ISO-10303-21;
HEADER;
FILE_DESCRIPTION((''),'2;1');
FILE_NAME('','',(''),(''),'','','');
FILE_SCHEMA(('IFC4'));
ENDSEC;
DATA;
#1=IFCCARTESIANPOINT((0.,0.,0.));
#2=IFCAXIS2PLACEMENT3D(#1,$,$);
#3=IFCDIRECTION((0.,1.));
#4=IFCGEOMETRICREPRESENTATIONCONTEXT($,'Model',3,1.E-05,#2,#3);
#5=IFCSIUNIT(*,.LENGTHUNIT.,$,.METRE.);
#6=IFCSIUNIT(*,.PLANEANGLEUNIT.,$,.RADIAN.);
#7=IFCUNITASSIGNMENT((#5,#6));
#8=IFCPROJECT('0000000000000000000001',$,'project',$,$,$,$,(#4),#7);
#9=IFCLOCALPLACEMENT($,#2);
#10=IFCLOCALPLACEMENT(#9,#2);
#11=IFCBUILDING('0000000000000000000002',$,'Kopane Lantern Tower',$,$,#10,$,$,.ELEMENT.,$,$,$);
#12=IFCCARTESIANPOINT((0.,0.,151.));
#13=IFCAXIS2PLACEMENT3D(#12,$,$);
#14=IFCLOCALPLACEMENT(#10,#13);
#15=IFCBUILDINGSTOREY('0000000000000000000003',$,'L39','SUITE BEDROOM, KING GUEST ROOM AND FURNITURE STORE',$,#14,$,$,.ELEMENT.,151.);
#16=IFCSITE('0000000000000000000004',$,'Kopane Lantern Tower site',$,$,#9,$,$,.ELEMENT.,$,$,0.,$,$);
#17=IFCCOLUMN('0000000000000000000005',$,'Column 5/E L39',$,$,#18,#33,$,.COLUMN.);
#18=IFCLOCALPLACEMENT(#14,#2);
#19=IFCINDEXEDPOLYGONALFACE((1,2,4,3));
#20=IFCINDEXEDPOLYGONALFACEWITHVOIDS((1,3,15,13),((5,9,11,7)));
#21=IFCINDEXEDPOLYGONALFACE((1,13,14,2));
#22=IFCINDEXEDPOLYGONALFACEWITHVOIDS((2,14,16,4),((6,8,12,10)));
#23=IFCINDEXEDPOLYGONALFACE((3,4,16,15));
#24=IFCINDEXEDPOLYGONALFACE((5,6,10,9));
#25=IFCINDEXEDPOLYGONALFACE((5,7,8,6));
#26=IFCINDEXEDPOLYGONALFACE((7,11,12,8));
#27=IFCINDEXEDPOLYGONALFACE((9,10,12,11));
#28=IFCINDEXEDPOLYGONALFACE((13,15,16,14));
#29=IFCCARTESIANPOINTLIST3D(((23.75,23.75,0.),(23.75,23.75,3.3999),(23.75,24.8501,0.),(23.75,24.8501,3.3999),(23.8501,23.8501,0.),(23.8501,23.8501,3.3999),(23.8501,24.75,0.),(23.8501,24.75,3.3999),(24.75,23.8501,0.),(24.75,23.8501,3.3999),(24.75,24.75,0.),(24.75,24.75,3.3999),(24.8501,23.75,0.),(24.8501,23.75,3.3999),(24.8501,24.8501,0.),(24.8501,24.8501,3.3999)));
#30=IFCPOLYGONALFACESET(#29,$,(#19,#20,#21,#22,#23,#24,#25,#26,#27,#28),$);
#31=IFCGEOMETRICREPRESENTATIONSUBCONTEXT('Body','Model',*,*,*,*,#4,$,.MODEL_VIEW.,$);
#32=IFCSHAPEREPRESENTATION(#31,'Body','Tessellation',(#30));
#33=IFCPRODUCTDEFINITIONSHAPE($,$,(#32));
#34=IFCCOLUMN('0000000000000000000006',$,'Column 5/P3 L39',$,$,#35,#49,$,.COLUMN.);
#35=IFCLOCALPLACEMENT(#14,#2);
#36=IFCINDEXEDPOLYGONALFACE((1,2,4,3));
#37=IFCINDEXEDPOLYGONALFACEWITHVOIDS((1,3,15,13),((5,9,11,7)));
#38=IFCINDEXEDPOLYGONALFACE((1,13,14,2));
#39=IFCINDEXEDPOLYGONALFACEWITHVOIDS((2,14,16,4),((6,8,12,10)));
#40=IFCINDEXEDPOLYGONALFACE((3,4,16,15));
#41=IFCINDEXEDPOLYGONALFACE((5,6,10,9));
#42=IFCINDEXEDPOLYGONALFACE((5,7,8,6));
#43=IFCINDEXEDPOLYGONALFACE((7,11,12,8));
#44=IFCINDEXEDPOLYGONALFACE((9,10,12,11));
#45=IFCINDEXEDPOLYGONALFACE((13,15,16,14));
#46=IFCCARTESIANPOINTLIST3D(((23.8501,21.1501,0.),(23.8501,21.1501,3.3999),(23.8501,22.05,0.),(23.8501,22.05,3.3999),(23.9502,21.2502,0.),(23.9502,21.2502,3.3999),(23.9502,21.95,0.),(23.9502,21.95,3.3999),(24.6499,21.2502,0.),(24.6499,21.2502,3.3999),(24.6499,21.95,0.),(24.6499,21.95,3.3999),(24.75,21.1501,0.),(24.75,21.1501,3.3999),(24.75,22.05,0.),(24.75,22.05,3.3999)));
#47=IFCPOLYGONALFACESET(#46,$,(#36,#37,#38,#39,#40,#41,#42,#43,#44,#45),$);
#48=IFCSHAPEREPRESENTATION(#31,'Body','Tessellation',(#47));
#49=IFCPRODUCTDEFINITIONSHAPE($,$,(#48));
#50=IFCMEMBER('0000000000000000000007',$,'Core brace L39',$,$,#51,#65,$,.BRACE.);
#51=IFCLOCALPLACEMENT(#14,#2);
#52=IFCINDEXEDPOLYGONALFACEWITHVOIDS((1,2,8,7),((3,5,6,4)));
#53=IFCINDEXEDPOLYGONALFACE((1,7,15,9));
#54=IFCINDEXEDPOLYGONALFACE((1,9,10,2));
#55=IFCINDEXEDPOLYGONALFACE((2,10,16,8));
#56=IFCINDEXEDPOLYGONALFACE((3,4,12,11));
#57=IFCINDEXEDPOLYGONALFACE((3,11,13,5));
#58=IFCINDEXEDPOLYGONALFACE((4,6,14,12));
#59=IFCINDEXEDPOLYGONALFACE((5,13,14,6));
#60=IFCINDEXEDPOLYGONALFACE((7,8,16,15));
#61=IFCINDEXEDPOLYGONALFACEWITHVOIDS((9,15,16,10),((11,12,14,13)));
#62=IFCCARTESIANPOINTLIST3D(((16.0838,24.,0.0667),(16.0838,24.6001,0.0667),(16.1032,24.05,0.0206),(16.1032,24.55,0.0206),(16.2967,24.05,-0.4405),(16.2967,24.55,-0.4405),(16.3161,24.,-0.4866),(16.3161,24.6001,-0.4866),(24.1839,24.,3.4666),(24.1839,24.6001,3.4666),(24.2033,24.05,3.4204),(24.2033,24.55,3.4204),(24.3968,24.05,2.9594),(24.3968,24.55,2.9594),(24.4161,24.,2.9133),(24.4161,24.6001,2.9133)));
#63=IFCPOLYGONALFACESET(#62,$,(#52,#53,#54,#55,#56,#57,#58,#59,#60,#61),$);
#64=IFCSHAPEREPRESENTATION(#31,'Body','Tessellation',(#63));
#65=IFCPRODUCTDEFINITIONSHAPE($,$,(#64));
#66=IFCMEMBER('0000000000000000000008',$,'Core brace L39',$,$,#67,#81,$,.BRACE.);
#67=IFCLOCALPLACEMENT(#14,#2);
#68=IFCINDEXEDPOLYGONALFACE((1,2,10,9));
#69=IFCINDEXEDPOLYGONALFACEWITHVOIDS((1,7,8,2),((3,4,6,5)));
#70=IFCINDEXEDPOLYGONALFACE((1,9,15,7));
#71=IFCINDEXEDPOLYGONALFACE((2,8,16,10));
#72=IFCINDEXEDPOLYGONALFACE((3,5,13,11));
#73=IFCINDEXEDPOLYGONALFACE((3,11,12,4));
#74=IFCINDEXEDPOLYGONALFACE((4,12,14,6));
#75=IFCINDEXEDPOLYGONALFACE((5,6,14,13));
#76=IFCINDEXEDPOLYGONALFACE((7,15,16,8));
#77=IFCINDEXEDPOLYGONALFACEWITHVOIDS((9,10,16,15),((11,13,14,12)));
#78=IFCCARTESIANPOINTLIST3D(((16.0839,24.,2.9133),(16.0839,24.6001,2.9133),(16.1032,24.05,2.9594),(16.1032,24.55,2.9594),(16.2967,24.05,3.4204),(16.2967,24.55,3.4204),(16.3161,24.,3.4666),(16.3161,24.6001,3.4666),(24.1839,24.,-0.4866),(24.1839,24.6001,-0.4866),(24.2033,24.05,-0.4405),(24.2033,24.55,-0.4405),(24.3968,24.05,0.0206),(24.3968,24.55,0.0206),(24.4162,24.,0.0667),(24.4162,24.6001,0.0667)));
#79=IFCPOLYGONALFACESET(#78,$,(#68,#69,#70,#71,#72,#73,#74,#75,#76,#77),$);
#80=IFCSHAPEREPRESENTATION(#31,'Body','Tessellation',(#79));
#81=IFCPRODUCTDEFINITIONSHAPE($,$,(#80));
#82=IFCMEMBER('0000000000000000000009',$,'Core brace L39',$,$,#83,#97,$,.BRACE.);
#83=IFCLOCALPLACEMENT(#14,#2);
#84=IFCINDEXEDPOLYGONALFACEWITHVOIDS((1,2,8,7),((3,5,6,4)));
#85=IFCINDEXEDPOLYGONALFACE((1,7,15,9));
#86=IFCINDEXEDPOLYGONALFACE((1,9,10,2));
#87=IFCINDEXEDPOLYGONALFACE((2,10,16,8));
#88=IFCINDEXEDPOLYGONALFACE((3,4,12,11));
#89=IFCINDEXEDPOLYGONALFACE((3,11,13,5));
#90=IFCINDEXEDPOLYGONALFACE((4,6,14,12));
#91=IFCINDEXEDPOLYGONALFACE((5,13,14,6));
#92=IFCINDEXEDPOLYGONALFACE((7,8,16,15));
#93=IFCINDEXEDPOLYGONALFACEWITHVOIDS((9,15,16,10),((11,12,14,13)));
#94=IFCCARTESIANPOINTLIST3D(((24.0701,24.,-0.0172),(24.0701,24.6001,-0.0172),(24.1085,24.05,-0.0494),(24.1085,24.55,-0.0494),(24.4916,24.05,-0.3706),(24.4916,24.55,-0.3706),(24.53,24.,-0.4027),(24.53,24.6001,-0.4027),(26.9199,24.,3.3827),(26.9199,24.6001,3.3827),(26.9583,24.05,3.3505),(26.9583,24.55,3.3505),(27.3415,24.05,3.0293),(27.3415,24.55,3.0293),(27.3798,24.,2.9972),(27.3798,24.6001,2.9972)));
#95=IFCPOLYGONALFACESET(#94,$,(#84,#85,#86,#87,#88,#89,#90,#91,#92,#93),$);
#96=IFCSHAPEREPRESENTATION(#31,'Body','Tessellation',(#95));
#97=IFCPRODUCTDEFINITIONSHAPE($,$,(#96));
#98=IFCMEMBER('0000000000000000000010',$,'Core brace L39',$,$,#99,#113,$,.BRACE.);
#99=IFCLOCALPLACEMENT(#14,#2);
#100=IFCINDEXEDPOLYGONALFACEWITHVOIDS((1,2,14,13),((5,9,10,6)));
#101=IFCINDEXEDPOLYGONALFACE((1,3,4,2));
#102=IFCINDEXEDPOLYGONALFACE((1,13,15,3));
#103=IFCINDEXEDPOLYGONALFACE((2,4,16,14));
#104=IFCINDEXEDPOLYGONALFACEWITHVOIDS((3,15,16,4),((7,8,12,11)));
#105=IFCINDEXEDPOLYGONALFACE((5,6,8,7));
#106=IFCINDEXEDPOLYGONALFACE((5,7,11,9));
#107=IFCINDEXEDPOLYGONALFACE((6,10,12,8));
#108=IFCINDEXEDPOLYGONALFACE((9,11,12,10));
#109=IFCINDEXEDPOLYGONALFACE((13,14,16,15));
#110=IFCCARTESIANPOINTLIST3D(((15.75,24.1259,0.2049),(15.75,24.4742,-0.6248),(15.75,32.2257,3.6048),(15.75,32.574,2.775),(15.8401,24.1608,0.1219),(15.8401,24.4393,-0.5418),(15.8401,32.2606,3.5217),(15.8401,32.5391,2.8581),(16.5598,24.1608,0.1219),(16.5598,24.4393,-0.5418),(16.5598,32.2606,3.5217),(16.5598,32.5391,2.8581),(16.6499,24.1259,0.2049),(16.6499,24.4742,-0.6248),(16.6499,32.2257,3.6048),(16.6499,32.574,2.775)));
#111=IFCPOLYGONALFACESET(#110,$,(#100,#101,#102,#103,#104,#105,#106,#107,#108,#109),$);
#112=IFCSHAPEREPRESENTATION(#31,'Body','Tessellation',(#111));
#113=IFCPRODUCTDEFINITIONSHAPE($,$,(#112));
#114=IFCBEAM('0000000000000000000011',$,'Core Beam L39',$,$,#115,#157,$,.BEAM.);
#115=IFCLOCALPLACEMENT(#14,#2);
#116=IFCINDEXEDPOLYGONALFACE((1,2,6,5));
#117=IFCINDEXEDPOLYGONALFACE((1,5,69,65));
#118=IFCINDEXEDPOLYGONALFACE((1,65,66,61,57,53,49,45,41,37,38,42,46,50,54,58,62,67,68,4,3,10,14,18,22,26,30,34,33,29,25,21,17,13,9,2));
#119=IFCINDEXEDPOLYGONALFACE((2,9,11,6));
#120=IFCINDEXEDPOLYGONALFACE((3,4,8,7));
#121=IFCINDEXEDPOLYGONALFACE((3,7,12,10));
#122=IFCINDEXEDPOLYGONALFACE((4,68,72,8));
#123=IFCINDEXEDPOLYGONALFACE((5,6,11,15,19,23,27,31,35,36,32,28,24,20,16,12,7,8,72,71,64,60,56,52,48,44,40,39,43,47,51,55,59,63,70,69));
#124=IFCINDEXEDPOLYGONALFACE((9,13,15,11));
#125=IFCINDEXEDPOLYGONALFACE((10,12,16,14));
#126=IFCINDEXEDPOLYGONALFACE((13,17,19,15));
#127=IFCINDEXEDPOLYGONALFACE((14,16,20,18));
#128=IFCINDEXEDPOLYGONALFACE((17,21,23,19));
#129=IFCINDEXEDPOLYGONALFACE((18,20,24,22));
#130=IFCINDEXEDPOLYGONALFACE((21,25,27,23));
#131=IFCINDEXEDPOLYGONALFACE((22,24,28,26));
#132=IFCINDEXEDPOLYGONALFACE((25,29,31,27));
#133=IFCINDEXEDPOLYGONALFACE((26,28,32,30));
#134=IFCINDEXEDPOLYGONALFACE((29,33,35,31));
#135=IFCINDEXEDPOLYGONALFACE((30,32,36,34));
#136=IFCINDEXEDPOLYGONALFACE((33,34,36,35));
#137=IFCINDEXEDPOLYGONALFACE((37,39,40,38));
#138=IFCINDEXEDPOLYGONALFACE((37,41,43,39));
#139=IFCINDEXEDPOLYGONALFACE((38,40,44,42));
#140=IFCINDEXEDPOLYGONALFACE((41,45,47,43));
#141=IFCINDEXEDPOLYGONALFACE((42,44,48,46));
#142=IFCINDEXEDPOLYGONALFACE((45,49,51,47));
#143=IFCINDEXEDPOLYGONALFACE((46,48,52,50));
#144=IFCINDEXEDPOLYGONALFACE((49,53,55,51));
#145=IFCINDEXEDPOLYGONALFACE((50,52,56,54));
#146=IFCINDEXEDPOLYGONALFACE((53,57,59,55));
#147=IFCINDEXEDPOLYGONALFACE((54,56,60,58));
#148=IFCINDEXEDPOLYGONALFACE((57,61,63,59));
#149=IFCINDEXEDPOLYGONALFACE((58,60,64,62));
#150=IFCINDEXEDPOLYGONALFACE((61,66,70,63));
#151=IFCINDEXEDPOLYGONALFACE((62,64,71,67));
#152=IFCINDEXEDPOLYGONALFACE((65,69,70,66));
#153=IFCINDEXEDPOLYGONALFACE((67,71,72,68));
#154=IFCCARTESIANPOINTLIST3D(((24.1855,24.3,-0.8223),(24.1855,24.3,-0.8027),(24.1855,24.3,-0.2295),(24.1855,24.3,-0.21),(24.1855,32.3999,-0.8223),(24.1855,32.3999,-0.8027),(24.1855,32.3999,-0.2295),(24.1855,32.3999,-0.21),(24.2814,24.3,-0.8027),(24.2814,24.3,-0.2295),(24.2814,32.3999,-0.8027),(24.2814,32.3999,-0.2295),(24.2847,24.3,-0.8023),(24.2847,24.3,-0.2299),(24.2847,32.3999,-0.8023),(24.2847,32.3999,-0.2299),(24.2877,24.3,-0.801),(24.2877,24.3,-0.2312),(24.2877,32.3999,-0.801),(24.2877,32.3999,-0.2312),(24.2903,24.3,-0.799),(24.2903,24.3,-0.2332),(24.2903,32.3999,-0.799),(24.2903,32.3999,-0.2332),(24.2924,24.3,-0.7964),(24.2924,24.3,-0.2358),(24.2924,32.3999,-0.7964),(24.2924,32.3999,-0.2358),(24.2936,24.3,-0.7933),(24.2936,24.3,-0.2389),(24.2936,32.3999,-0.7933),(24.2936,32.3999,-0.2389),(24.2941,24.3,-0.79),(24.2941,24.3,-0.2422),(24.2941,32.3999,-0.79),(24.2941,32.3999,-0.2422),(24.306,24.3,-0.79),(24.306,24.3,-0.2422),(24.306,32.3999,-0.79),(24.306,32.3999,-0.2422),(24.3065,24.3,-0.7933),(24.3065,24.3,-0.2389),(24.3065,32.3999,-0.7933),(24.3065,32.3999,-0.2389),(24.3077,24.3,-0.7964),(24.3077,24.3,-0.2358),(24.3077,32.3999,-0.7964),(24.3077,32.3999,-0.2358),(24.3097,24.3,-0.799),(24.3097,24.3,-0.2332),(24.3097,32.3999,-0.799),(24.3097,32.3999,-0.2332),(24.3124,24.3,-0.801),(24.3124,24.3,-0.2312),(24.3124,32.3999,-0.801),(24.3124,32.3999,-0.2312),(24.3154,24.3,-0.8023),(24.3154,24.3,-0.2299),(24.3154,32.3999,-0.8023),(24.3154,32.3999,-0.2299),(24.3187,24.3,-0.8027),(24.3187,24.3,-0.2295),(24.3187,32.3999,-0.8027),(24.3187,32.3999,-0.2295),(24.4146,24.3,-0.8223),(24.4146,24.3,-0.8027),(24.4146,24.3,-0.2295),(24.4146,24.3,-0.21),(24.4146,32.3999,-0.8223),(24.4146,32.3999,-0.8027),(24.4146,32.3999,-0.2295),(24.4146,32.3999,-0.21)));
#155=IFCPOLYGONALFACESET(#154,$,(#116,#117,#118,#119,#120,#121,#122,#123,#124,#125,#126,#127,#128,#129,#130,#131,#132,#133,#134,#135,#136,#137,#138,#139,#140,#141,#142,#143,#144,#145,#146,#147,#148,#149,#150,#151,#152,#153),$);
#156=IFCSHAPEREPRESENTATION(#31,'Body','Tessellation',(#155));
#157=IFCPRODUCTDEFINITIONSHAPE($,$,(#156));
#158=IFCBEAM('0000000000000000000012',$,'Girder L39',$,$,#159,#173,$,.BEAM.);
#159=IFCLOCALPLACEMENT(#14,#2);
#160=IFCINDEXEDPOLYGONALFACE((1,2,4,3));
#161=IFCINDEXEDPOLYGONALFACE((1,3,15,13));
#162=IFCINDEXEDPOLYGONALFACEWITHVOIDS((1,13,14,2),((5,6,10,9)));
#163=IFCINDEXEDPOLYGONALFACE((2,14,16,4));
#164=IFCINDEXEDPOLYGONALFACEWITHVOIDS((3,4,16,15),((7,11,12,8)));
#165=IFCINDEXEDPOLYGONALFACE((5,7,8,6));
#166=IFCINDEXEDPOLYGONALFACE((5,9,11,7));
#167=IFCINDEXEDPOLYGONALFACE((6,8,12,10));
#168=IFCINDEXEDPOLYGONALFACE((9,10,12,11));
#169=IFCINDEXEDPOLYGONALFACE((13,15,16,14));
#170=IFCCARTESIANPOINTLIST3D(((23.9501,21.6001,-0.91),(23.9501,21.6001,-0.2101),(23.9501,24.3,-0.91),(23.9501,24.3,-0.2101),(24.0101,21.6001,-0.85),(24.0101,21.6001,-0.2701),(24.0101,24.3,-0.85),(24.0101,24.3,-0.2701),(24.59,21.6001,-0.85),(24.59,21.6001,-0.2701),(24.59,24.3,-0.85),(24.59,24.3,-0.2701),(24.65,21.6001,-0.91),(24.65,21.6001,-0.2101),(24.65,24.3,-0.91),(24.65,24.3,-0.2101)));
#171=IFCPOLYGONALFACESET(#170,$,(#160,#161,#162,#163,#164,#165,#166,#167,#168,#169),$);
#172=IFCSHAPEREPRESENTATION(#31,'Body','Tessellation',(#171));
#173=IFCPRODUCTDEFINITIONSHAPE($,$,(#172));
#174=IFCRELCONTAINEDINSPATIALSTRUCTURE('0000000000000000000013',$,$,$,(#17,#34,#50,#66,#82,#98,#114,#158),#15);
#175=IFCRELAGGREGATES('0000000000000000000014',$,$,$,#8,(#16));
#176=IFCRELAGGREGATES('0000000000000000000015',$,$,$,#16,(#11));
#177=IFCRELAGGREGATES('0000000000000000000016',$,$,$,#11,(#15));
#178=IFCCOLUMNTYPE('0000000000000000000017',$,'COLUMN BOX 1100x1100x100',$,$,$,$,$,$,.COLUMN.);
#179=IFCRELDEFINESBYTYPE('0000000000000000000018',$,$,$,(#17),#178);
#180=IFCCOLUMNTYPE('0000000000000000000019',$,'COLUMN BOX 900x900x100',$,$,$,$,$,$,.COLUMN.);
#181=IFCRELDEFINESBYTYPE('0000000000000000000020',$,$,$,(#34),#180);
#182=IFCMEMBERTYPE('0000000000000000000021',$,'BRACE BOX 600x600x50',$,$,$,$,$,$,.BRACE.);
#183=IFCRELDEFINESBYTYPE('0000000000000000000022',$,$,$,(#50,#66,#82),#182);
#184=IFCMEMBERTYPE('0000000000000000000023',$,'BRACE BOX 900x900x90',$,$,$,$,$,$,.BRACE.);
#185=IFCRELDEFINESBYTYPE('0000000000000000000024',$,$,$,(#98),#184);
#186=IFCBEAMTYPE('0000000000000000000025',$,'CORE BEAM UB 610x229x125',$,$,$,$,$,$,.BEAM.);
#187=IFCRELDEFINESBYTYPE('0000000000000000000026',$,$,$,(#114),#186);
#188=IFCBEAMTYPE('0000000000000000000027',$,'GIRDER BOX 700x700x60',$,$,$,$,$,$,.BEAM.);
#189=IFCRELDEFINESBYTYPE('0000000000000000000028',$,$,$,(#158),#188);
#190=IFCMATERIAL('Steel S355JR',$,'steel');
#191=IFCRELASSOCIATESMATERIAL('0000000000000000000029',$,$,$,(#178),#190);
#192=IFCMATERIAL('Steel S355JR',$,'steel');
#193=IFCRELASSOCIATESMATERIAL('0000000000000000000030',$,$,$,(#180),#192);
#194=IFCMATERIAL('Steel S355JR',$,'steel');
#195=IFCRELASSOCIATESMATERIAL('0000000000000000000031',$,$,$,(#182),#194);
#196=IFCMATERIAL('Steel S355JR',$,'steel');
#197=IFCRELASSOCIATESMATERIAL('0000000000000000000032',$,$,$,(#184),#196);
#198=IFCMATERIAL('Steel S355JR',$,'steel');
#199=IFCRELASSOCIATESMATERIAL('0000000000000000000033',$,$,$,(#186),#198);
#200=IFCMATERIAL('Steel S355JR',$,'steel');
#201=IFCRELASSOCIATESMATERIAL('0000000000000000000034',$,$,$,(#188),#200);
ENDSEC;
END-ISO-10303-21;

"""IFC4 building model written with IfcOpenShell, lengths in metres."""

from ifc_helpers import new_model, si_unit, direction, frame, origin, origin_2d, place, context, subcontext, project, spatial, hollow_rectangle, i_section, extrude, material, material_profile, profile_set, type_object, element, save


model = new_model("IFC4")

# Units and contexts
model_context = context("Model", 3, precision=1e-05, world=origin(), true_north=direction((0.0, 1.0)))
body_context = subcontext(model_context, "Body", "Model", "MODEL_VIEW")
ifc_project = project(units=[si_unit("LENGTHUNIT", "METRE"), si_unit("PLANEANGLEUNIT", "RADIAN")], contexts=[model_context])

# Site, building, storey
site_placement = place(None, origin())
site = spatial("IfcSite", under=ifc_project, at=site_placement, Name="Kopane Lantern Tower site", CompositionType="ELEMENT", RefElevation=0.0)
building_placement = place(site_placement, origin())
building = spatial("IfcBuilding", under=site, at=building_placement, Name="Kopane Lantern Tower", CompositionType="ELEMENT")
storey_placement = place(building_placement, frame((0.0, 0.0, 151.0)))
storey = spatial("IfcBuildingStorey", under=building, at=storey_placement, Name="L39", Description="SUITE BEDROOM, KING GUEST ROOM AND FURNITURE STORE", CompositionType="ELEMENT", Elevation=151.0)

# Columns
ifc_material_1 = material(Name="Steel S355JR", Category="steel")
ifc_material_profile_1 = material_profile(ifc_material_1, hollow_rectangle(XDim=1.1001, YDim=1.1001, WallThickness=0.1001, at=origin_2d()), Name="BOX 1100x1100x100")
ifc_profile_set_1 = profile_set([ifc_material_profile_1], Name="Steel S355JR")
column_type_1 = type_object("IfcColumnType", Name="COLUMN BOX 1100x1100x100", PredefinedType="COLUMN", material=ifc_profile_set_1)
column_1_placement = place(storey_placement, frame((24.3, 24.3, 0.0), z_axis=(0.0, 0.0, 1.0), x_axis=(1.0, 0.0, 0.0)))
element("IfcColumn", 1, at=column_1_placement, inside=storey, type_object=column_type_1, Name="Column 5/E L39", PredefinedType="COLUMN", context=body_context, shape_type="SweptSolid", body=[
    extrude(hollow_rectangle(XDim=1.1001, YDim=1.1001, WallThickness=0.1001, at=origin_2d()), origin(), (0.0, 0.0, 1.0), 3.3999),
])
ifc_material_2 = material(Name="Steel S355JR", Category="steel")
ifc_material_profile_2 = material_profile(ifc_material_2, hollow_rectangle(XDim=0.8999, YDim=0.8999, WallThickness=0.1001, at=origin_2d()), Name="BOX 900x900x100")
ifc_profile_set_2 = profile_set([ifc_material_profile_2], Name="Steel S355JR")
column_type_2 = type_object("IfcColumnType", Name="COLUMN BOX 900x900x100", PredefinedType="COLUMN", material=ifc_profile_set_2)
column_2_placement = place(storey_placement, frame((24.3, 21.6001, 0.0), z_axis=(0.0, 0.0, 1.0), x_axis=(1.0, 0.0, 0.0)))
element("IfcColumn", 2, at=column_2_placement, inside=storey, type_object=column_type_2, Name="Column 5/P3 L39", PredefinedType="COLUMN", context=body_context, shape_type="SweptSolid", body=[
    extrude(hollow_rectangle(XDim=0.8999, YDim=0.8999, WallThickness=0.1001, at=origin_2d()), origin(), (0.0, 0.0, 1.0), 3.3999),
])

# Members
ifc_material_3 = material(Name="Steel S355JR", Category="steel")
ifc_material_profile_3 = material_profile(ifc_material_3, hollow_rectangle(XDim=0.6001, YDim=0.6001, WallThickness=0.05, at=origin_2d()), Name="BOX 600x600x50")
ifc_profile_set_3 = profile_set([ifc_material_profile_3], Name="Steel S355JR")
member_type_1 = type_object("IfcMemberType", Name="BRACE BOX 600x600x50", PredefinedType="BRACE", material=ifc_profile_set_3)
for number, where, z_axis, x_axis, name in (
    (3, (16.2, 24.3, -0.21), (0.922069, 0.0, 0.387026), (0.0, 1.0, 0.0), "Core brace L39"),
    (4, (24.3, 24.3, -0.21), (-0.922069, 0.0, 0.387026), (0.0, -1.0, 0.0), "Core brace L39"),
):
    element("IfcMember", number, at=place(storey_placement, frame(where, z_axis=z_axis, x_axis=x_axis)), inside=storey, type_object=member_type_1, Name=name, PredefinedType="BRACE", context=body_context, shape_type="SweptSolid", body=[
        extrude(hollow_rectangle(XDim=0.6001, YDim=0.6001, WallThickness=0.05, at=origin_2d()), origin(), (0.0, 0.0, 1.0), 8.7847),
    ])
member_1_placement = place(storey_placement, frame((24.3, 24.3, -0.21), z_axis=(0.64239, 0.0, 0.766378), x_axis=(0.0, 1.0, 0.0)))
element("IfcMember", 5, at=member_1_placement, inside=storey, type_object=member_type_1, Name="Core brace L39", PredefinedType="BRACE", context=body_context, shape_type="SweptSolid", body=[
    extrude(hollow_rectangle(XDim=0.6001, YDim=0.6001, WallThickness=0.05, at=origin_2d()), origin(), (0.0, 0.0, 1.0), 4.4363),
])
ifc_material_4 = material(Name="Steel S355JR", Category="steel")
ifc_material_profile_4 = material_profile(ifc_material_4, hollow_rectangle(XDim=0.8999, YDim=0.8999, WallThickness=0.0901, at=origin_2d()), Name="BOX 900x900x90")
ifc_profile_set_4 = profile_set([ifc_material_profile_4], Name="Steel S355JR")
member_type_2 = type_object("IfcMemberType", Name="BRACE BOX 900x900x90", PredefinedType="BRACE", material=ifc_profile_set_4)
member_2_placement = place(storey_placement, frame((16.2, 24.3, -0.21), z_axis=(0.0, 0.922065, 0.387035), x_axis=(-1.0, 0.0, 0.0)))
element("IfcMember", 6, at=member_2_placement, inside=storey, type_object=member_type_2, Name="Core brace L39", PredefinedType="BRACE", context=body_context, shape_type="SweptSolid", body=[
    extrude(hollow_rectangle(XDim=0.8999, YDim=0.8999, WallThickness=0.0901, at=origin_2d()), origin(), (0.0, 0.0, 1.0), 8.7844),
])

# Beams
ifc_material_5 = material(Name="Steel S355JR", Category="steel")
ifc_material_profile_5 = material_profile(ifc_material_5, i_section(OverallWidth=0.229, OverallDepth=0.6123, WebThickness=0.012, FlangeThickness=0.0195, FilletRadius=0.0127, at=origin_2d()), Name="UB 610x229x125")
ifc_profile_set_5 = profile_set([ifc_material_profile_5], Name="Steel S355JR")
beam_type_1 = type_object("IfcBeamType", Name="CORE BEAM UB 610x229x125", PredefinedType="BEAM", material=ifc_profile_set_5)
beam_1_placement = place(storey_placement, frame((24.3, 24.3, -0.5161), z_axis=(0.0, 1.0, 0.0), x_axis=(-1.0, 0.0, 0.0)))
element("IfcBeam", 7, at=beam_1_placement, inside=storey, type_object=beam_type_1, Name="Core Beam L39", PredefinedType="BEAM", context=body_context, shape_type="SweptSolid", body=[
    extrude(i_section(OverallWidth=0.229, OverallDepth=0.6123, WebThickness=0.012, FlangeThickness=0.0195, FilletRadius=0.0127, at=origin_2d()), origin(), (0.0, 0.0, 1.0), 8.0999),
])
ifc_material_6 = material(Name="Steel S355JR", Category="steel")
ifc_material_profile_6 = material_profile(ifc_material_6, hollow_rectangle(XDim=0.7, YDim=0.7, WallThickness=0.0601, at=origin_2d()), Name="BOX 700x700x60")
ifc_profile_set_6 = profile_set([ifc_material_profile_6], Name="Steel S355JR")
beam_type_2 = type_object("IfcBeamType", Name="GIRDER BOX 700x700x60", PredefinedType="BEAM", material=ifc_profile_set_6)
beam_2_placement = place(storey_placement, frame((24.3, 21.6001, -0.5601), z_axis=(0.0, 1.0, 0.0), x_axis=(-1.0, 0.0, 0.0)))
element("IfcBeam", 8, at=beam_2_placement, inside=storey, type_object=beam_type_2, Name="Girder L39", PredefinedType="BEAM", context=body_context, shape_type="SweptSolid", body=[
    extrude(hollow_rectangle(XDim=0.7, YDim=0.7, WallThickness=0.0601, at=origin_2d()), origin(), (0.0, 0.0, 1.0), 2.7),
])

save(model, "model.ifc")
